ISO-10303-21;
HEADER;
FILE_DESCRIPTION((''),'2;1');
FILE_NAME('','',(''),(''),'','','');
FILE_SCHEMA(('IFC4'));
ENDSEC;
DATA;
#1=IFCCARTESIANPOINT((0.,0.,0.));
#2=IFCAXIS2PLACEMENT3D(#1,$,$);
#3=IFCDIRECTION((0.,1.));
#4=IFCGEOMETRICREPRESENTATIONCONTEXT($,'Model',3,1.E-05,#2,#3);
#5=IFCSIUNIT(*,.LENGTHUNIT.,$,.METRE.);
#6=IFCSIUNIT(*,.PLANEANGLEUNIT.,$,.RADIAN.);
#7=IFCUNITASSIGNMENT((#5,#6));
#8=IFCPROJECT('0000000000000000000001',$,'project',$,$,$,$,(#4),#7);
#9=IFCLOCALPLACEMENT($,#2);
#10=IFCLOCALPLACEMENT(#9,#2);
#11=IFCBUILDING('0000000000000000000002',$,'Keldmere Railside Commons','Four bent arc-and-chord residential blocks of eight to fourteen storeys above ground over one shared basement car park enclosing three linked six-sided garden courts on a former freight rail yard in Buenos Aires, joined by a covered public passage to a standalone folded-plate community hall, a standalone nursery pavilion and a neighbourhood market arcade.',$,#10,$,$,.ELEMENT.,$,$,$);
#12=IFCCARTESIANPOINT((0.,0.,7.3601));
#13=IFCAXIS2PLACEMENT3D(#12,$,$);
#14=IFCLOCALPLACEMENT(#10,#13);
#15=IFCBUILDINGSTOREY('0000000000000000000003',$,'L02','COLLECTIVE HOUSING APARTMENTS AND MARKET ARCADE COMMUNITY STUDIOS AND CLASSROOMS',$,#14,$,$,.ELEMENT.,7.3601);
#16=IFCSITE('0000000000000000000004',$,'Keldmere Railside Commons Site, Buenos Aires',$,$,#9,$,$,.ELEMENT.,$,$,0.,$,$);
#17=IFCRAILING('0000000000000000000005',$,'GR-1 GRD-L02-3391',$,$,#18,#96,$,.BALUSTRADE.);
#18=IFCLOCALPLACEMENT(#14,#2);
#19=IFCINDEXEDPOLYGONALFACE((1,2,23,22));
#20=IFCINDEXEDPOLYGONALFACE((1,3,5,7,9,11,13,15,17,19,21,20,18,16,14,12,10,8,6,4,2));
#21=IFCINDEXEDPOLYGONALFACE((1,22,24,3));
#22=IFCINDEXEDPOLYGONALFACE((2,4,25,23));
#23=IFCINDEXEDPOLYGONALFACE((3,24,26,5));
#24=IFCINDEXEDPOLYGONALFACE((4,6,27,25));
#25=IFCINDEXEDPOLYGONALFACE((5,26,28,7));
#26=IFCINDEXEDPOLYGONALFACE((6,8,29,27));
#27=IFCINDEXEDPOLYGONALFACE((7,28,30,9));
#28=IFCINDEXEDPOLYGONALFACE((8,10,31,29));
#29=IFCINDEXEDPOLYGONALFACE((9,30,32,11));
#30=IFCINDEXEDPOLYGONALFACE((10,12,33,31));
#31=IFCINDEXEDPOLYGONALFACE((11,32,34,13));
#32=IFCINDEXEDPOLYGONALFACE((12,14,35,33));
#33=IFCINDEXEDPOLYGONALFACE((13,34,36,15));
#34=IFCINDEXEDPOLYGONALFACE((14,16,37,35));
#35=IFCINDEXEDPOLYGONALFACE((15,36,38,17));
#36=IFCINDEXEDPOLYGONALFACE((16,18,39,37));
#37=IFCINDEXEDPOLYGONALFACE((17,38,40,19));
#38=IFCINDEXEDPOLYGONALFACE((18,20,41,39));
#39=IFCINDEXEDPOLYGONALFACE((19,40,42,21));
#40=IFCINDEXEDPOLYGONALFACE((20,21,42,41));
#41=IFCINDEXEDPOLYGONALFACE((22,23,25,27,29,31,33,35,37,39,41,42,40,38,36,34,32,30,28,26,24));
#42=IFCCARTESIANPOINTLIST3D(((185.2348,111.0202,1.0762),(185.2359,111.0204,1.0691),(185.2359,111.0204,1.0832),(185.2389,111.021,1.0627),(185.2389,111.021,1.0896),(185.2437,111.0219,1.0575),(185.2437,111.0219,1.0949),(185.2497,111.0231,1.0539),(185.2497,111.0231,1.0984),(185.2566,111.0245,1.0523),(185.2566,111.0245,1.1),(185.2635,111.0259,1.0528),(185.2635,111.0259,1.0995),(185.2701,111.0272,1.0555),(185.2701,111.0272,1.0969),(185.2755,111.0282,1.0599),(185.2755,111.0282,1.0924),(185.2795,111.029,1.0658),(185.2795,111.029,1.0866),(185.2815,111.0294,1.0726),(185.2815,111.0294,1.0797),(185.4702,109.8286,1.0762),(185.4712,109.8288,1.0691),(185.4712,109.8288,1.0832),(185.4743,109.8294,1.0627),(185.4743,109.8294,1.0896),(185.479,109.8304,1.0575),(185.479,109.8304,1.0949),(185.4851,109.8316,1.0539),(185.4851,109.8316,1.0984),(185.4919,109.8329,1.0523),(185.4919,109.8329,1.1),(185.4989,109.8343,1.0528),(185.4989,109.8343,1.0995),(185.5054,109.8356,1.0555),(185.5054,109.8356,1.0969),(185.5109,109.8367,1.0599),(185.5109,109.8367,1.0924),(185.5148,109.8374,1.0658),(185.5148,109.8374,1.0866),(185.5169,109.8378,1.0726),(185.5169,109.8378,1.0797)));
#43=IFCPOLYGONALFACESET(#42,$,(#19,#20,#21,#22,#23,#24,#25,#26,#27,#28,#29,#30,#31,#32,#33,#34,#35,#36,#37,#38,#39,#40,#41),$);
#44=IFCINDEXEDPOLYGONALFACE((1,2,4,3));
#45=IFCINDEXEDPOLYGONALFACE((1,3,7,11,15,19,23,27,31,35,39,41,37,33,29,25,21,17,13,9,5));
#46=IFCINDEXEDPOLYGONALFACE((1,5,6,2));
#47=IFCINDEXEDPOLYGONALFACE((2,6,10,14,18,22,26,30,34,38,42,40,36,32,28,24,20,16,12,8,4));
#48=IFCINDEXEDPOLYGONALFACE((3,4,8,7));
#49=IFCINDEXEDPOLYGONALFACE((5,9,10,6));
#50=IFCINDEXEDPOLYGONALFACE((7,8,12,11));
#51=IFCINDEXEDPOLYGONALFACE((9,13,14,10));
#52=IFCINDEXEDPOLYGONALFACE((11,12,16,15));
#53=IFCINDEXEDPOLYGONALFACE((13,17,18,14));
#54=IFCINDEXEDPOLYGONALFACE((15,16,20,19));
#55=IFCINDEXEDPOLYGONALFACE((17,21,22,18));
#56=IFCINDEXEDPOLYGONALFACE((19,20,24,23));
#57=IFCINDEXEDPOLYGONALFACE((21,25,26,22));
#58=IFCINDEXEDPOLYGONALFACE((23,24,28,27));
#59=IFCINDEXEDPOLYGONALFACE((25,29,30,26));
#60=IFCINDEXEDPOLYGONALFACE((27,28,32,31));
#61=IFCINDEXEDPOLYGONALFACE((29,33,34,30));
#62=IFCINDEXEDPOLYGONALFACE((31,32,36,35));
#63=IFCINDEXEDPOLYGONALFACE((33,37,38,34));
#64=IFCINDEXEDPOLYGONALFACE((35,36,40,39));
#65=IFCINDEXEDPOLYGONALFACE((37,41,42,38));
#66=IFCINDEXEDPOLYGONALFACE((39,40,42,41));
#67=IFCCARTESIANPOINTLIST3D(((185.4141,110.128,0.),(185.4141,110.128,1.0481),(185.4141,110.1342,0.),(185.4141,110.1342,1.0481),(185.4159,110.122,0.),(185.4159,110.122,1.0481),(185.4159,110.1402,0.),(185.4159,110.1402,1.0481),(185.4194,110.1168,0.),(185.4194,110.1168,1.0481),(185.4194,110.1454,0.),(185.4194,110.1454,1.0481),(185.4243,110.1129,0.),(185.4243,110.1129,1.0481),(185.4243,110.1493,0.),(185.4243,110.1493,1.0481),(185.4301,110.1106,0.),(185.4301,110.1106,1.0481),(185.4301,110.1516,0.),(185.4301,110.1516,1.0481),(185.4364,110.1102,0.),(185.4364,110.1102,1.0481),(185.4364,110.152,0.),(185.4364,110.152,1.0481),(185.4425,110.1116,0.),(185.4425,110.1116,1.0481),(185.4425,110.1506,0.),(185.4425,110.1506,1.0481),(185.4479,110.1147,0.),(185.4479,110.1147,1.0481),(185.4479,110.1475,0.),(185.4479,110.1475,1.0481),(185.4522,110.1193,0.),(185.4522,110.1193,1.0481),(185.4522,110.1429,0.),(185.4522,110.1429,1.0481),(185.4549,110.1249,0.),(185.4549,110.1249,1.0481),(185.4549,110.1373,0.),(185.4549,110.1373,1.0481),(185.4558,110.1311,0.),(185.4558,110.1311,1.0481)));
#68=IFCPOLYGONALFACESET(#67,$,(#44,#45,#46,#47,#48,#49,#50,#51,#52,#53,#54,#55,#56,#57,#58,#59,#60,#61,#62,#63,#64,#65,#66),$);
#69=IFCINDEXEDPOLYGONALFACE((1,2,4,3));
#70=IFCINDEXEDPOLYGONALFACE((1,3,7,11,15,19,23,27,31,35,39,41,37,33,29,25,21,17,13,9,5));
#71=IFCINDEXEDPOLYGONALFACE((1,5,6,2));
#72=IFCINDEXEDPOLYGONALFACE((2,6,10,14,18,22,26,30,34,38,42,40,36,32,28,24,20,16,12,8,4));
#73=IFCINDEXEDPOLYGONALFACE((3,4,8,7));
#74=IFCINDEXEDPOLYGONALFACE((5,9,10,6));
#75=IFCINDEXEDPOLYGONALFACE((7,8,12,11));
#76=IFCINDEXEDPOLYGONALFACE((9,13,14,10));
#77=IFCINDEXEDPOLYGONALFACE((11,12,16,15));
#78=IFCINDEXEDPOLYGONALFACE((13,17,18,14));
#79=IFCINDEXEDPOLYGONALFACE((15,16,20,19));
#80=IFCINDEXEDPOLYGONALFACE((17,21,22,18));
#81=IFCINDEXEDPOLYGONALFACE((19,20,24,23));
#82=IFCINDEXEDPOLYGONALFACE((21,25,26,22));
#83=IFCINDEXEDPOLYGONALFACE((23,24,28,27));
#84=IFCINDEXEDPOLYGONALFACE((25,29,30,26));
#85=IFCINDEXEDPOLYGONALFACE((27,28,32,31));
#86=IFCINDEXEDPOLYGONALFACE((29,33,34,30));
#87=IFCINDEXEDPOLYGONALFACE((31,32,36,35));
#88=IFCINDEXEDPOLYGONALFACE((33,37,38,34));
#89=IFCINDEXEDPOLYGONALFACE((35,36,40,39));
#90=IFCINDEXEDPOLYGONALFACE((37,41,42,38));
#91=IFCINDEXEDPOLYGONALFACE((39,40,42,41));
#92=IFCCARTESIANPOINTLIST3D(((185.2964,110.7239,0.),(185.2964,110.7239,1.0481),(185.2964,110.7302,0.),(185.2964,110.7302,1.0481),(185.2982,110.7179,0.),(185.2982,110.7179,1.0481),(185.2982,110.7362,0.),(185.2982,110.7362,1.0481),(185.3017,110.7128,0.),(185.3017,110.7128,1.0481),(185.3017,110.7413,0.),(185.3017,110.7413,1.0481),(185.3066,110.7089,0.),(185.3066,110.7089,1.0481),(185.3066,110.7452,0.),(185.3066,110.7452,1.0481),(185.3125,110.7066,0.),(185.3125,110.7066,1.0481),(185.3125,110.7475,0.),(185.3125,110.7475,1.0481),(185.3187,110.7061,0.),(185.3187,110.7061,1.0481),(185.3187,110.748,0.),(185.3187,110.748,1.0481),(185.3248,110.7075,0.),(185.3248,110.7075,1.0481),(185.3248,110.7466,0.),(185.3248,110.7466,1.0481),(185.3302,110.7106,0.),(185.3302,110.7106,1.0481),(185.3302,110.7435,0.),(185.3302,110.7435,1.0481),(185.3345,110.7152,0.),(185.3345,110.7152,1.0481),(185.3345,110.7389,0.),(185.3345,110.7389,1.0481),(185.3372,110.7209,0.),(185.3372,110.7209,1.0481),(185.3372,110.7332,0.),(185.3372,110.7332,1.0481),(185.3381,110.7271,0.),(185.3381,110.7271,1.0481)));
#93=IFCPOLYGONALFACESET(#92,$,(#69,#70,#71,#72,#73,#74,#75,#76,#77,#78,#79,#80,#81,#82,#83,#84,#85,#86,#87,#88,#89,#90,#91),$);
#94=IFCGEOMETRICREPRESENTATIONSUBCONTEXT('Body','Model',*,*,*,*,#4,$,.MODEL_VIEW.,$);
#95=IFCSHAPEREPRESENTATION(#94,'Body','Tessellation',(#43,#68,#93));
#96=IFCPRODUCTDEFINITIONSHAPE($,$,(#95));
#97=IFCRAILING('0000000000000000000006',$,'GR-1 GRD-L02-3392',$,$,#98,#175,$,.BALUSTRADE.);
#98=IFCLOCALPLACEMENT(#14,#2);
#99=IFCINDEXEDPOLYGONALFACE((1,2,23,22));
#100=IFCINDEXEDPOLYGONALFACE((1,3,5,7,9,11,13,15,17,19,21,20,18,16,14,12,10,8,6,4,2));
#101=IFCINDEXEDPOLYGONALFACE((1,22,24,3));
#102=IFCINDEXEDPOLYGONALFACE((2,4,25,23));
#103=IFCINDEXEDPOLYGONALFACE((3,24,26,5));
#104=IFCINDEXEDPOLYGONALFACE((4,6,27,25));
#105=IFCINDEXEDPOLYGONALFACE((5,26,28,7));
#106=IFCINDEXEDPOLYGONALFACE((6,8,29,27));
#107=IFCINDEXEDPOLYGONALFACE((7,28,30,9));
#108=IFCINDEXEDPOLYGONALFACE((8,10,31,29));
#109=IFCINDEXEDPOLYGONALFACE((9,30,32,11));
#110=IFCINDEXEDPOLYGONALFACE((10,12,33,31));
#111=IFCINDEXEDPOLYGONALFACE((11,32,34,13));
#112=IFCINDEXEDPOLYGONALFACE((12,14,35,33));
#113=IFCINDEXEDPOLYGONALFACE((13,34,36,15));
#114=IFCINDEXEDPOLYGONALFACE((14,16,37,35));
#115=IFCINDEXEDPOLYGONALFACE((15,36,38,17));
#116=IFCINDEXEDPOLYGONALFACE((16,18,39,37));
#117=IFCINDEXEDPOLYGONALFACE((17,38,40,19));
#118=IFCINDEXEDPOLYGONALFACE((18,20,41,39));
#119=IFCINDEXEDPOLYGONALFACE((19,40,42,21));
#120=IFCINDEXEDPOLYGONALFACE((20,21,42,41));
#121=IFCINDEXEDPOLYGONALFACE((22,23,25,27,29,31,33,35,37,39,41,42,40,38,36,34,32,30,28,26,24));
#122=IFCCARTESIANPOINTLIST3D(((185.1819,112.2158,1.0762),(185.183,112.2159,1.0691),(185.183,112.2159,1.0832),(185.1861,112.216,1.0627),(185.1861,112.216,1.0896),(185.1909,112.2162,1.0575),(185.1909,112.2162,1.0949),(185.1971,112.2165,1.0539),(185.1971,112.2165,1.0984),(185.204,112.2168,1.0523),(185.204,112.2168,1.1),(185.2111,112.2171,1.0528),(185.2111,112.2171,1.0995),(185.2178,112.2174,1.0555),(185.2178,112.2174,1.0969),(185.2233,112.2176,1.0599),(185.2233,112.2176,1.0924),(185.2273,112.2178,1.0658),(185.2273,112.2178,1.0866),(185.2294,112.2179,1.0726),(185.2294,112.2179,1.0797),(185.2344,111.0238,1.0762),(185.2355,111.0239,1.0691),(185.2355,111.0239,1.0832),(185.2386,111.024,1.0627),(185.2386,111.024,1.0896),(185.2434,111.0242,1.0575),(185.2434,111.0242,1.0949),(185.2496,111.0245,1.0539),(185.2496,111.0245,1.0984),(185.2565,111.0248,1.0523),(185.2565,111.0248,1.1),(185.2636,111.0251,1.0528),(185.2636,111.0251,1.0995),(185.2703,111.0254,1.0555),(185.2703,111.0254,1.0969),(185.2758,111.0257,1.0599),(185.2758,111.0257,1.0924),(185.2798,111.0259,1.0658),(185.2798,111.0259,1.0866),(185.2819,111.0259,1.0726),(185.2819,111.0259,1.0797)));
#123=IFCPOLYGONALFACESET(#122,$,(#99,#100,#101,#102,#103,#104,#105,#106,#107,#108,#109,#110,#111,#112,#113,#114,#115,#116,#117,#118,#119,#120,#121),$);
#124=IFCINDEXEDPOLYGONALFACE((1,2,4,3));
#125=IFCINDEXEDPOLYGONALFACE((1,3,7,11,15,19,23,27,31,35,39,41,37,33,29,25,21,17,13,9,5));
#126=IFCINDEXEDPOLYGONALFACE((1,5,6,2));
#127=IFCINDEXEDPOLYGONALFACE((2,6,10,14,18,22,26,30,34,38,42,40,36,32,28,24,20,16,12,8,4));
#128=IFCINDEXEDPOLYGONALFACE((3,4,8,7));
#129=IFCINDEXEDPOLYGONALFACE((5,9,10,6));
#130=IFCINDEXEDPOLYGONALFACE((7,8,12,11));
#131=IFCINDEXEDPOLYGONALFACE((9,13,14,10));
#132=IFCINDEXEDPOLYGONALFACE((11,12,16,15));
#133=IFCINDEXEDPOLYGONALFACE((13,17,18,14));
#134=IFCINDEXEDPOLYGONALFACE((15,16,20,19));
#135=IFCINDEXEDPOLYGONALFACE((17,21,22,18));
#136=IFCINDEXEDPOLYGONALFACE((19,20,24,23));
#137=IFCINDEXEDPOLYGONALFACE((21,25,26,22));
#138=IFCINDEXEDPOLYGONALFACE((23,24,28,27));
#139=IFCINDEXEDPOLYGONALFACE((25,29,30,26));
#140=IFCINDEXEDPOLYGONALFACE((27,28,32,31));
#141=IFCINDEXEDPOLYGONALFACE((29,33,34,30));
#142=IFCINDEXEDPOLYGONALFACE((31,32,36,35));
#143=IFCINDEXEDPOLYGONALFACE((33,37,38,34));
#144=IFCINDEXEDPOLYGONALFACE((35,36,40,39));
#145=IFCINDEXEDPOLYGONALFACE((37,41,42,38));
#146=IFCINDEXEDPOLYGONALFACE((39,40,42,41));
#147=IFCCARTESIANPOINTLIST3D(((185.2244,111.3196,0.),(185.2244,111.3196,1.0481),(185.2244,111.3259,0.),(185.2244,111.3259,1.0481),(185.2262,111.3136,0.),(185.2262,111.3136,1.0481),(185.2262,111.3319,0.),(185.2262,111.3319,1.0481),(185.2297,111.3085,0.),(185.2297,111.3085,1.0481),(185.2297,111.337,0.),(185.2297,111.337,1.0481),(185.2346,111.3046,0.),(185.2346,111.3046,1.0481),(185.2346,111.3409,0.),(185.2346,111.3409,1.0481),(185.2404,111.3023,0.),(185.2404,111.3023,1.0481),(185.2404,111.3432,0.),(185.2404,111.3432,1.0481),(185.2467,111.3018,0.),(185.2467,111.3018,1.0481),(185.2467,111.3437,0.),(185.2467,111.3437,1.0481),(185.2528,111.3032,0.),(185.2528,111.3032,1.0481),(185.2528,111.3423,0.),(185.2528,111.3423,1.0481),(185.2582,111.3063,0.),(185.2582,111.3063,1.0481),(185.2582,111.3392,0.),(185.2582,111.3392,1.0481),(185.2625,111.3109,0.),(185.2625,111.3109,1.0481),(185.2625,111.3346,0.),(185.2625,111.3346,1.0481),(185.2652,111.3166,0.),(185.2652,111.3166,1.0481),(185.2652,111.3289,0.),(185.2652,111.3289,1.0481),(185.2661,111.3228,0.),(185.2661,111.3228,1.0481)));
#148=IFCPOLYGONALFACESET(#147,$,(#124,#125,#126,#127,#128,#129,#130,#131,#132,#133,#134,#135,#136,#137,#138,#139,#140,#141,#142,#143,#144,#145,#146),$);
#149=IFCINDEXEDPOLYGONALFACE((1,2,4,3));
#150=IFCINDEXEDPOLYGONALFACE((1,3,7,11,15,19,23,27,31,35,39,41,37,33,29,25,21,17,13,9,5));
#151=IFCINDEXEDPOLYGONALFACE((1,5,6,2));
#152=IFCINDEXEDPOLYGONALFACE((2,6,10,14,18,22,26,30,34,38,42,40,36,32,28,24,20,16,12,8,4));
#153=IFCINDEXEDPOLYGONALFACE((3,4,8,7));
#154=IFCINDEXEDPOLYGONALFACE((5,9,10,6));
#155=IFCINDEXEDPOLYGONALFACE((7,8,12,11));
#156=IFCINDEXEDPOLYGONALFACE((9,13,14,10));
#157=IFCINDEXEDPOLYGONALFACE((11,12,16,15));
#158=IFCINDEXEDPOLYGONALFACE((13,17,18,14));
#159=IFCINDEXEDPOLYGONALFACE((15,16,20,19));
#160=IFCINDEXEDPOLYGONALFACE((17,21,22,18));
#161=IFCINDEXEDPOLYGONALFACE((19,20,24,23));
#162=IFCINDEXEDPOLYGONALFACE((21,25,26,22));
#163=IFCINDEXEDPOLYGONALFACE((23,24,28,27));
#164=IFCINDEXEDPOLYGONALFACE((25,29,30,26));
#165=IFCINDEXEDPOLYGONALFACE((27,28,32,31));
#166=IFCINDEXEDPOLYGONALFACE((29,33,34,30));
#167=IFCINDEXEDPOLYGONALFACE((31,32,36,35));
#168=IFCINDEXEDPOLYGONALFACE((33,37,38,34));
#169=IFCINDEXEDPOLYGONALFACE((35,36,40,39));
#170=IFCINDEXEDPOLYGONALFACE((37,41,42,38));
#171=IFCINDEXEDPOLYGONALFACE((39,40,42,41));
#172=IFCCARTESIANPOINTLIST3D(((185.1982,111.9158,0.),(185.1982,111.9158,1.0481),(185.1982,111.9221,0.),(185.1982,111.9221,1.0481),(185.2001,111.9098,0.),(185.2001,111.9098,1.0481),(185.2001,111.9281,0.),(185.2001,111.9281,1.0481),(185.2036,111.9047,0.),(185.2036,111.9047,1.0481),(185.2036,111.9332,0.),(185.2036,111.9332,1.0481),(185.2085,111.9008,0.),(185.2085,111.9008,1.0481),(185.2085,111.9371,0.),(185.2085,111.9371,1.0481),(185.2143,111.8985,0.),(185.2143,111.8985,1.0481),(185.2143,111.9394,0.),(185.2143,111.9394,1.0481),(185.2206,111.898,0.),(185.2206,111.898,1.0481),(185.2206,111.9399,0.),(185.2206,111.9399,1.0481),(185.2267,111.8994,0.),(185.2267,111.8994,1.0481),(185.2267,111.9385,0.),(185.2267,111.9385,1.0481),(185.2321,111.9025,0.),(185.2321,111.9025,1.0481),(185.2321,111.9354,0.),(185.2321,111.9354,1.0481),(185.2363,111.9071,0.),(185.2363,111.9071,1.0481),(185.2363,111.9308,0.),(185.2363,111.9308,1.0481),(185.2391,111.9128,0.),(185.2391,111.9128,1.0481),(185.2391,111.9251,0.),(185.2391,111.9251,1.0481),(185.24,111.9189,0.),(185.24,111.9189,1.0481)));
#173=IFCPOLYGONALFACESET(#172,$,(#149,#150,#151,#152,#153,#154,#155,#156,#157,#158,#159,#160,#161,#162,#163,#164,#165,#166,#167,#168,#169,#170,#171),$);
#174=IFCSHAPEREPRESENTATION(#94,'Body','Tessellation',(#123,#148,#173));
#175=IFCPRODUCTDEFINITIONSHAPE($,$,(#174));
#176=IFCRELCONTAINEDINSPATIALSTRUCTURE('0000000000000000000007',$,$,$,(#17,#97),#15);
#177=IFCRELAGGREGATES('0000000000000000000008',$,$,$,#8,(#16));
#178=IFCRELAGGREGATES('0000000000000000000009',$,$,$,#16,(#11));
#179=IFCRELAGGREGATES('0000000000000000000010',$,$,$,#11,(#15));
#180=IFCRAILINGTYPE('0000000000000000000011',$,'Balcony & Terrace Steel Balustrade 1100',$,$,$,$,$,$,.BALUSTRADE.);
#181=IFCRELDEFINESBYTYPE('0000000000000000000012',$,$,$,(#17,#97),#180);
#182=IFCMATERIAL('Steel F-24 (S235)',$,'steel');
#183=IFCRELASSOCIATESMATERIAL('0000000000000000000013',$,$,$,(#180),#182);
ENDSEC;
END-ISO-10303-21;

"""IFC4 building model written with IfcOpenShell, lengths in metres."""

from ifc_helpers import new_model, si_unit, direction, frame, origin, origin_2d, place, context, subcontext, project, spatial, circle, extrude, material, type_object, element, save


model = new_model("IFC4")

# Units and contexts
model_context = context("Model", 3, precision=1e-05, world=origin(), true_north=direction((0.0, 1.0)))
body_context = subcontext(model_context, "Body", "Model", "MODEL_VIEW")
ifc_project = project(units=[si_unit("LENGTHUNIT", "METRE"), si_unit("PLANEANGLEUNIT", "RADIAN")], contexts=[model_context])

# Site, building, storey
site_placement = place(None, origin())
site = spatial("IfcSite", under=ifc_project, at=site_placement, Name="Keldmere Railside Commons Site, Buenos Aires", CompositionType="ELEMENT", RefElevation=0.0)
building_placement = place(site_placement, origin())
building = spatial("IfcBuilding", under=site, at=building_placement, Name="Keldmere Railside Commons", Description="Four bent arc-and-chord residential blocks of eight to fourteen storeys above ground over one shared basement car park enclosing three linked six-sided garden courts on a former freight rail yard in Buenos Aires, joined by a covered public passage to a standalone folded-plate community hall, a standalone nursery pavilion and a neighbourhood market arcade.", CompositionType="ELEMENT")
storey_placement = place(building_placement, frame((0.0, 0.0, 7.3601)))
storey = spatial("IfcBuildingStorey", under=building, at=storey_placement, Name="L02", Description="COLLECTIVE HOUSING APARTMENTS AND MARKET ARCADE COMMUNITY STUDIOS AND CLASSROOMS", CompositionType="ELEMENT", Elevation=7.3601)

# Railings
ifc_material_1 = material(Name="Steel F-24 (S235)", Category="steel")
railing_type = type_object("IfcRailingType", Name="Balcony & Terrace Steel Balustrade 1100", PredefinedType="BALUSTRADE", material=ifc_material_1)
railing_1_placement = place(storey_placement, frame((185.4937, 109.8333, 0.0)))
element("IfcRailing", 1, at=railing_1_placement, inside=storey, type_object=railing_type, Name="GR-1 GRD-L02-3391", PredefinedType="BALUSTRADE", context=body_context, shape_type="SweptSolid", body=[
    extrude(circle(Radius=0.0239, at=origin_2d()), frame((0.0, 0.0, 1.0762), z_axis=(-0.193758, 0.981049, 0.0), x_axis=(-0.981049, -0.193758, 0.0)), (0.0, 0.0, 1.0), 1.2146),
    extrude(circle(Radius=0.021, at=origin_2d()), frame((-0.0588, 0.2979, 0.0)), (0.0, 0.0, 1.0), 1.0481),
    extrude(circle(Radius=0.021, at=origin_2d()), frame((-0.1765, 0.8938, 0.0)), (0.0, 0.0, 1.0), 1.0481),
])
railing_2_placement = place(storey_placement, frame((185.2583, 111.0249, 0.0)))
element("IfcRailing", 2, at=railing_2_placement, inside=storey, type_object=railing_type, Name="GR-1 GRD-L02-3392", PredefinedType="BALUSTRADE", context=body_context, shape_type="SweptSolid", body=[
    extrude(circle(Radius=0.0239, at=origin_2d()), frame((0.0, 0.0, 1.0762), z_axis=(-0.043997, 0.999032, 0.0), x_axis=(-0.999032, -0.043997, 0.0)), (0.0, 0.0, 1.0), 1.1931),
    extrude(circle(Radius=0.021, at=origin_2d()), frame((-0.0132, 0.2979, 0.0)), (0.0, 0.0, 1.0), 1.0481),
    extrude(circle(Radius=0.021, at=origin_2d()), frame((-0.0393, 0.894, 0.0)), (0.0, 0.0, 1.0), 1.0481),
])

save(model, "model.ifc")
